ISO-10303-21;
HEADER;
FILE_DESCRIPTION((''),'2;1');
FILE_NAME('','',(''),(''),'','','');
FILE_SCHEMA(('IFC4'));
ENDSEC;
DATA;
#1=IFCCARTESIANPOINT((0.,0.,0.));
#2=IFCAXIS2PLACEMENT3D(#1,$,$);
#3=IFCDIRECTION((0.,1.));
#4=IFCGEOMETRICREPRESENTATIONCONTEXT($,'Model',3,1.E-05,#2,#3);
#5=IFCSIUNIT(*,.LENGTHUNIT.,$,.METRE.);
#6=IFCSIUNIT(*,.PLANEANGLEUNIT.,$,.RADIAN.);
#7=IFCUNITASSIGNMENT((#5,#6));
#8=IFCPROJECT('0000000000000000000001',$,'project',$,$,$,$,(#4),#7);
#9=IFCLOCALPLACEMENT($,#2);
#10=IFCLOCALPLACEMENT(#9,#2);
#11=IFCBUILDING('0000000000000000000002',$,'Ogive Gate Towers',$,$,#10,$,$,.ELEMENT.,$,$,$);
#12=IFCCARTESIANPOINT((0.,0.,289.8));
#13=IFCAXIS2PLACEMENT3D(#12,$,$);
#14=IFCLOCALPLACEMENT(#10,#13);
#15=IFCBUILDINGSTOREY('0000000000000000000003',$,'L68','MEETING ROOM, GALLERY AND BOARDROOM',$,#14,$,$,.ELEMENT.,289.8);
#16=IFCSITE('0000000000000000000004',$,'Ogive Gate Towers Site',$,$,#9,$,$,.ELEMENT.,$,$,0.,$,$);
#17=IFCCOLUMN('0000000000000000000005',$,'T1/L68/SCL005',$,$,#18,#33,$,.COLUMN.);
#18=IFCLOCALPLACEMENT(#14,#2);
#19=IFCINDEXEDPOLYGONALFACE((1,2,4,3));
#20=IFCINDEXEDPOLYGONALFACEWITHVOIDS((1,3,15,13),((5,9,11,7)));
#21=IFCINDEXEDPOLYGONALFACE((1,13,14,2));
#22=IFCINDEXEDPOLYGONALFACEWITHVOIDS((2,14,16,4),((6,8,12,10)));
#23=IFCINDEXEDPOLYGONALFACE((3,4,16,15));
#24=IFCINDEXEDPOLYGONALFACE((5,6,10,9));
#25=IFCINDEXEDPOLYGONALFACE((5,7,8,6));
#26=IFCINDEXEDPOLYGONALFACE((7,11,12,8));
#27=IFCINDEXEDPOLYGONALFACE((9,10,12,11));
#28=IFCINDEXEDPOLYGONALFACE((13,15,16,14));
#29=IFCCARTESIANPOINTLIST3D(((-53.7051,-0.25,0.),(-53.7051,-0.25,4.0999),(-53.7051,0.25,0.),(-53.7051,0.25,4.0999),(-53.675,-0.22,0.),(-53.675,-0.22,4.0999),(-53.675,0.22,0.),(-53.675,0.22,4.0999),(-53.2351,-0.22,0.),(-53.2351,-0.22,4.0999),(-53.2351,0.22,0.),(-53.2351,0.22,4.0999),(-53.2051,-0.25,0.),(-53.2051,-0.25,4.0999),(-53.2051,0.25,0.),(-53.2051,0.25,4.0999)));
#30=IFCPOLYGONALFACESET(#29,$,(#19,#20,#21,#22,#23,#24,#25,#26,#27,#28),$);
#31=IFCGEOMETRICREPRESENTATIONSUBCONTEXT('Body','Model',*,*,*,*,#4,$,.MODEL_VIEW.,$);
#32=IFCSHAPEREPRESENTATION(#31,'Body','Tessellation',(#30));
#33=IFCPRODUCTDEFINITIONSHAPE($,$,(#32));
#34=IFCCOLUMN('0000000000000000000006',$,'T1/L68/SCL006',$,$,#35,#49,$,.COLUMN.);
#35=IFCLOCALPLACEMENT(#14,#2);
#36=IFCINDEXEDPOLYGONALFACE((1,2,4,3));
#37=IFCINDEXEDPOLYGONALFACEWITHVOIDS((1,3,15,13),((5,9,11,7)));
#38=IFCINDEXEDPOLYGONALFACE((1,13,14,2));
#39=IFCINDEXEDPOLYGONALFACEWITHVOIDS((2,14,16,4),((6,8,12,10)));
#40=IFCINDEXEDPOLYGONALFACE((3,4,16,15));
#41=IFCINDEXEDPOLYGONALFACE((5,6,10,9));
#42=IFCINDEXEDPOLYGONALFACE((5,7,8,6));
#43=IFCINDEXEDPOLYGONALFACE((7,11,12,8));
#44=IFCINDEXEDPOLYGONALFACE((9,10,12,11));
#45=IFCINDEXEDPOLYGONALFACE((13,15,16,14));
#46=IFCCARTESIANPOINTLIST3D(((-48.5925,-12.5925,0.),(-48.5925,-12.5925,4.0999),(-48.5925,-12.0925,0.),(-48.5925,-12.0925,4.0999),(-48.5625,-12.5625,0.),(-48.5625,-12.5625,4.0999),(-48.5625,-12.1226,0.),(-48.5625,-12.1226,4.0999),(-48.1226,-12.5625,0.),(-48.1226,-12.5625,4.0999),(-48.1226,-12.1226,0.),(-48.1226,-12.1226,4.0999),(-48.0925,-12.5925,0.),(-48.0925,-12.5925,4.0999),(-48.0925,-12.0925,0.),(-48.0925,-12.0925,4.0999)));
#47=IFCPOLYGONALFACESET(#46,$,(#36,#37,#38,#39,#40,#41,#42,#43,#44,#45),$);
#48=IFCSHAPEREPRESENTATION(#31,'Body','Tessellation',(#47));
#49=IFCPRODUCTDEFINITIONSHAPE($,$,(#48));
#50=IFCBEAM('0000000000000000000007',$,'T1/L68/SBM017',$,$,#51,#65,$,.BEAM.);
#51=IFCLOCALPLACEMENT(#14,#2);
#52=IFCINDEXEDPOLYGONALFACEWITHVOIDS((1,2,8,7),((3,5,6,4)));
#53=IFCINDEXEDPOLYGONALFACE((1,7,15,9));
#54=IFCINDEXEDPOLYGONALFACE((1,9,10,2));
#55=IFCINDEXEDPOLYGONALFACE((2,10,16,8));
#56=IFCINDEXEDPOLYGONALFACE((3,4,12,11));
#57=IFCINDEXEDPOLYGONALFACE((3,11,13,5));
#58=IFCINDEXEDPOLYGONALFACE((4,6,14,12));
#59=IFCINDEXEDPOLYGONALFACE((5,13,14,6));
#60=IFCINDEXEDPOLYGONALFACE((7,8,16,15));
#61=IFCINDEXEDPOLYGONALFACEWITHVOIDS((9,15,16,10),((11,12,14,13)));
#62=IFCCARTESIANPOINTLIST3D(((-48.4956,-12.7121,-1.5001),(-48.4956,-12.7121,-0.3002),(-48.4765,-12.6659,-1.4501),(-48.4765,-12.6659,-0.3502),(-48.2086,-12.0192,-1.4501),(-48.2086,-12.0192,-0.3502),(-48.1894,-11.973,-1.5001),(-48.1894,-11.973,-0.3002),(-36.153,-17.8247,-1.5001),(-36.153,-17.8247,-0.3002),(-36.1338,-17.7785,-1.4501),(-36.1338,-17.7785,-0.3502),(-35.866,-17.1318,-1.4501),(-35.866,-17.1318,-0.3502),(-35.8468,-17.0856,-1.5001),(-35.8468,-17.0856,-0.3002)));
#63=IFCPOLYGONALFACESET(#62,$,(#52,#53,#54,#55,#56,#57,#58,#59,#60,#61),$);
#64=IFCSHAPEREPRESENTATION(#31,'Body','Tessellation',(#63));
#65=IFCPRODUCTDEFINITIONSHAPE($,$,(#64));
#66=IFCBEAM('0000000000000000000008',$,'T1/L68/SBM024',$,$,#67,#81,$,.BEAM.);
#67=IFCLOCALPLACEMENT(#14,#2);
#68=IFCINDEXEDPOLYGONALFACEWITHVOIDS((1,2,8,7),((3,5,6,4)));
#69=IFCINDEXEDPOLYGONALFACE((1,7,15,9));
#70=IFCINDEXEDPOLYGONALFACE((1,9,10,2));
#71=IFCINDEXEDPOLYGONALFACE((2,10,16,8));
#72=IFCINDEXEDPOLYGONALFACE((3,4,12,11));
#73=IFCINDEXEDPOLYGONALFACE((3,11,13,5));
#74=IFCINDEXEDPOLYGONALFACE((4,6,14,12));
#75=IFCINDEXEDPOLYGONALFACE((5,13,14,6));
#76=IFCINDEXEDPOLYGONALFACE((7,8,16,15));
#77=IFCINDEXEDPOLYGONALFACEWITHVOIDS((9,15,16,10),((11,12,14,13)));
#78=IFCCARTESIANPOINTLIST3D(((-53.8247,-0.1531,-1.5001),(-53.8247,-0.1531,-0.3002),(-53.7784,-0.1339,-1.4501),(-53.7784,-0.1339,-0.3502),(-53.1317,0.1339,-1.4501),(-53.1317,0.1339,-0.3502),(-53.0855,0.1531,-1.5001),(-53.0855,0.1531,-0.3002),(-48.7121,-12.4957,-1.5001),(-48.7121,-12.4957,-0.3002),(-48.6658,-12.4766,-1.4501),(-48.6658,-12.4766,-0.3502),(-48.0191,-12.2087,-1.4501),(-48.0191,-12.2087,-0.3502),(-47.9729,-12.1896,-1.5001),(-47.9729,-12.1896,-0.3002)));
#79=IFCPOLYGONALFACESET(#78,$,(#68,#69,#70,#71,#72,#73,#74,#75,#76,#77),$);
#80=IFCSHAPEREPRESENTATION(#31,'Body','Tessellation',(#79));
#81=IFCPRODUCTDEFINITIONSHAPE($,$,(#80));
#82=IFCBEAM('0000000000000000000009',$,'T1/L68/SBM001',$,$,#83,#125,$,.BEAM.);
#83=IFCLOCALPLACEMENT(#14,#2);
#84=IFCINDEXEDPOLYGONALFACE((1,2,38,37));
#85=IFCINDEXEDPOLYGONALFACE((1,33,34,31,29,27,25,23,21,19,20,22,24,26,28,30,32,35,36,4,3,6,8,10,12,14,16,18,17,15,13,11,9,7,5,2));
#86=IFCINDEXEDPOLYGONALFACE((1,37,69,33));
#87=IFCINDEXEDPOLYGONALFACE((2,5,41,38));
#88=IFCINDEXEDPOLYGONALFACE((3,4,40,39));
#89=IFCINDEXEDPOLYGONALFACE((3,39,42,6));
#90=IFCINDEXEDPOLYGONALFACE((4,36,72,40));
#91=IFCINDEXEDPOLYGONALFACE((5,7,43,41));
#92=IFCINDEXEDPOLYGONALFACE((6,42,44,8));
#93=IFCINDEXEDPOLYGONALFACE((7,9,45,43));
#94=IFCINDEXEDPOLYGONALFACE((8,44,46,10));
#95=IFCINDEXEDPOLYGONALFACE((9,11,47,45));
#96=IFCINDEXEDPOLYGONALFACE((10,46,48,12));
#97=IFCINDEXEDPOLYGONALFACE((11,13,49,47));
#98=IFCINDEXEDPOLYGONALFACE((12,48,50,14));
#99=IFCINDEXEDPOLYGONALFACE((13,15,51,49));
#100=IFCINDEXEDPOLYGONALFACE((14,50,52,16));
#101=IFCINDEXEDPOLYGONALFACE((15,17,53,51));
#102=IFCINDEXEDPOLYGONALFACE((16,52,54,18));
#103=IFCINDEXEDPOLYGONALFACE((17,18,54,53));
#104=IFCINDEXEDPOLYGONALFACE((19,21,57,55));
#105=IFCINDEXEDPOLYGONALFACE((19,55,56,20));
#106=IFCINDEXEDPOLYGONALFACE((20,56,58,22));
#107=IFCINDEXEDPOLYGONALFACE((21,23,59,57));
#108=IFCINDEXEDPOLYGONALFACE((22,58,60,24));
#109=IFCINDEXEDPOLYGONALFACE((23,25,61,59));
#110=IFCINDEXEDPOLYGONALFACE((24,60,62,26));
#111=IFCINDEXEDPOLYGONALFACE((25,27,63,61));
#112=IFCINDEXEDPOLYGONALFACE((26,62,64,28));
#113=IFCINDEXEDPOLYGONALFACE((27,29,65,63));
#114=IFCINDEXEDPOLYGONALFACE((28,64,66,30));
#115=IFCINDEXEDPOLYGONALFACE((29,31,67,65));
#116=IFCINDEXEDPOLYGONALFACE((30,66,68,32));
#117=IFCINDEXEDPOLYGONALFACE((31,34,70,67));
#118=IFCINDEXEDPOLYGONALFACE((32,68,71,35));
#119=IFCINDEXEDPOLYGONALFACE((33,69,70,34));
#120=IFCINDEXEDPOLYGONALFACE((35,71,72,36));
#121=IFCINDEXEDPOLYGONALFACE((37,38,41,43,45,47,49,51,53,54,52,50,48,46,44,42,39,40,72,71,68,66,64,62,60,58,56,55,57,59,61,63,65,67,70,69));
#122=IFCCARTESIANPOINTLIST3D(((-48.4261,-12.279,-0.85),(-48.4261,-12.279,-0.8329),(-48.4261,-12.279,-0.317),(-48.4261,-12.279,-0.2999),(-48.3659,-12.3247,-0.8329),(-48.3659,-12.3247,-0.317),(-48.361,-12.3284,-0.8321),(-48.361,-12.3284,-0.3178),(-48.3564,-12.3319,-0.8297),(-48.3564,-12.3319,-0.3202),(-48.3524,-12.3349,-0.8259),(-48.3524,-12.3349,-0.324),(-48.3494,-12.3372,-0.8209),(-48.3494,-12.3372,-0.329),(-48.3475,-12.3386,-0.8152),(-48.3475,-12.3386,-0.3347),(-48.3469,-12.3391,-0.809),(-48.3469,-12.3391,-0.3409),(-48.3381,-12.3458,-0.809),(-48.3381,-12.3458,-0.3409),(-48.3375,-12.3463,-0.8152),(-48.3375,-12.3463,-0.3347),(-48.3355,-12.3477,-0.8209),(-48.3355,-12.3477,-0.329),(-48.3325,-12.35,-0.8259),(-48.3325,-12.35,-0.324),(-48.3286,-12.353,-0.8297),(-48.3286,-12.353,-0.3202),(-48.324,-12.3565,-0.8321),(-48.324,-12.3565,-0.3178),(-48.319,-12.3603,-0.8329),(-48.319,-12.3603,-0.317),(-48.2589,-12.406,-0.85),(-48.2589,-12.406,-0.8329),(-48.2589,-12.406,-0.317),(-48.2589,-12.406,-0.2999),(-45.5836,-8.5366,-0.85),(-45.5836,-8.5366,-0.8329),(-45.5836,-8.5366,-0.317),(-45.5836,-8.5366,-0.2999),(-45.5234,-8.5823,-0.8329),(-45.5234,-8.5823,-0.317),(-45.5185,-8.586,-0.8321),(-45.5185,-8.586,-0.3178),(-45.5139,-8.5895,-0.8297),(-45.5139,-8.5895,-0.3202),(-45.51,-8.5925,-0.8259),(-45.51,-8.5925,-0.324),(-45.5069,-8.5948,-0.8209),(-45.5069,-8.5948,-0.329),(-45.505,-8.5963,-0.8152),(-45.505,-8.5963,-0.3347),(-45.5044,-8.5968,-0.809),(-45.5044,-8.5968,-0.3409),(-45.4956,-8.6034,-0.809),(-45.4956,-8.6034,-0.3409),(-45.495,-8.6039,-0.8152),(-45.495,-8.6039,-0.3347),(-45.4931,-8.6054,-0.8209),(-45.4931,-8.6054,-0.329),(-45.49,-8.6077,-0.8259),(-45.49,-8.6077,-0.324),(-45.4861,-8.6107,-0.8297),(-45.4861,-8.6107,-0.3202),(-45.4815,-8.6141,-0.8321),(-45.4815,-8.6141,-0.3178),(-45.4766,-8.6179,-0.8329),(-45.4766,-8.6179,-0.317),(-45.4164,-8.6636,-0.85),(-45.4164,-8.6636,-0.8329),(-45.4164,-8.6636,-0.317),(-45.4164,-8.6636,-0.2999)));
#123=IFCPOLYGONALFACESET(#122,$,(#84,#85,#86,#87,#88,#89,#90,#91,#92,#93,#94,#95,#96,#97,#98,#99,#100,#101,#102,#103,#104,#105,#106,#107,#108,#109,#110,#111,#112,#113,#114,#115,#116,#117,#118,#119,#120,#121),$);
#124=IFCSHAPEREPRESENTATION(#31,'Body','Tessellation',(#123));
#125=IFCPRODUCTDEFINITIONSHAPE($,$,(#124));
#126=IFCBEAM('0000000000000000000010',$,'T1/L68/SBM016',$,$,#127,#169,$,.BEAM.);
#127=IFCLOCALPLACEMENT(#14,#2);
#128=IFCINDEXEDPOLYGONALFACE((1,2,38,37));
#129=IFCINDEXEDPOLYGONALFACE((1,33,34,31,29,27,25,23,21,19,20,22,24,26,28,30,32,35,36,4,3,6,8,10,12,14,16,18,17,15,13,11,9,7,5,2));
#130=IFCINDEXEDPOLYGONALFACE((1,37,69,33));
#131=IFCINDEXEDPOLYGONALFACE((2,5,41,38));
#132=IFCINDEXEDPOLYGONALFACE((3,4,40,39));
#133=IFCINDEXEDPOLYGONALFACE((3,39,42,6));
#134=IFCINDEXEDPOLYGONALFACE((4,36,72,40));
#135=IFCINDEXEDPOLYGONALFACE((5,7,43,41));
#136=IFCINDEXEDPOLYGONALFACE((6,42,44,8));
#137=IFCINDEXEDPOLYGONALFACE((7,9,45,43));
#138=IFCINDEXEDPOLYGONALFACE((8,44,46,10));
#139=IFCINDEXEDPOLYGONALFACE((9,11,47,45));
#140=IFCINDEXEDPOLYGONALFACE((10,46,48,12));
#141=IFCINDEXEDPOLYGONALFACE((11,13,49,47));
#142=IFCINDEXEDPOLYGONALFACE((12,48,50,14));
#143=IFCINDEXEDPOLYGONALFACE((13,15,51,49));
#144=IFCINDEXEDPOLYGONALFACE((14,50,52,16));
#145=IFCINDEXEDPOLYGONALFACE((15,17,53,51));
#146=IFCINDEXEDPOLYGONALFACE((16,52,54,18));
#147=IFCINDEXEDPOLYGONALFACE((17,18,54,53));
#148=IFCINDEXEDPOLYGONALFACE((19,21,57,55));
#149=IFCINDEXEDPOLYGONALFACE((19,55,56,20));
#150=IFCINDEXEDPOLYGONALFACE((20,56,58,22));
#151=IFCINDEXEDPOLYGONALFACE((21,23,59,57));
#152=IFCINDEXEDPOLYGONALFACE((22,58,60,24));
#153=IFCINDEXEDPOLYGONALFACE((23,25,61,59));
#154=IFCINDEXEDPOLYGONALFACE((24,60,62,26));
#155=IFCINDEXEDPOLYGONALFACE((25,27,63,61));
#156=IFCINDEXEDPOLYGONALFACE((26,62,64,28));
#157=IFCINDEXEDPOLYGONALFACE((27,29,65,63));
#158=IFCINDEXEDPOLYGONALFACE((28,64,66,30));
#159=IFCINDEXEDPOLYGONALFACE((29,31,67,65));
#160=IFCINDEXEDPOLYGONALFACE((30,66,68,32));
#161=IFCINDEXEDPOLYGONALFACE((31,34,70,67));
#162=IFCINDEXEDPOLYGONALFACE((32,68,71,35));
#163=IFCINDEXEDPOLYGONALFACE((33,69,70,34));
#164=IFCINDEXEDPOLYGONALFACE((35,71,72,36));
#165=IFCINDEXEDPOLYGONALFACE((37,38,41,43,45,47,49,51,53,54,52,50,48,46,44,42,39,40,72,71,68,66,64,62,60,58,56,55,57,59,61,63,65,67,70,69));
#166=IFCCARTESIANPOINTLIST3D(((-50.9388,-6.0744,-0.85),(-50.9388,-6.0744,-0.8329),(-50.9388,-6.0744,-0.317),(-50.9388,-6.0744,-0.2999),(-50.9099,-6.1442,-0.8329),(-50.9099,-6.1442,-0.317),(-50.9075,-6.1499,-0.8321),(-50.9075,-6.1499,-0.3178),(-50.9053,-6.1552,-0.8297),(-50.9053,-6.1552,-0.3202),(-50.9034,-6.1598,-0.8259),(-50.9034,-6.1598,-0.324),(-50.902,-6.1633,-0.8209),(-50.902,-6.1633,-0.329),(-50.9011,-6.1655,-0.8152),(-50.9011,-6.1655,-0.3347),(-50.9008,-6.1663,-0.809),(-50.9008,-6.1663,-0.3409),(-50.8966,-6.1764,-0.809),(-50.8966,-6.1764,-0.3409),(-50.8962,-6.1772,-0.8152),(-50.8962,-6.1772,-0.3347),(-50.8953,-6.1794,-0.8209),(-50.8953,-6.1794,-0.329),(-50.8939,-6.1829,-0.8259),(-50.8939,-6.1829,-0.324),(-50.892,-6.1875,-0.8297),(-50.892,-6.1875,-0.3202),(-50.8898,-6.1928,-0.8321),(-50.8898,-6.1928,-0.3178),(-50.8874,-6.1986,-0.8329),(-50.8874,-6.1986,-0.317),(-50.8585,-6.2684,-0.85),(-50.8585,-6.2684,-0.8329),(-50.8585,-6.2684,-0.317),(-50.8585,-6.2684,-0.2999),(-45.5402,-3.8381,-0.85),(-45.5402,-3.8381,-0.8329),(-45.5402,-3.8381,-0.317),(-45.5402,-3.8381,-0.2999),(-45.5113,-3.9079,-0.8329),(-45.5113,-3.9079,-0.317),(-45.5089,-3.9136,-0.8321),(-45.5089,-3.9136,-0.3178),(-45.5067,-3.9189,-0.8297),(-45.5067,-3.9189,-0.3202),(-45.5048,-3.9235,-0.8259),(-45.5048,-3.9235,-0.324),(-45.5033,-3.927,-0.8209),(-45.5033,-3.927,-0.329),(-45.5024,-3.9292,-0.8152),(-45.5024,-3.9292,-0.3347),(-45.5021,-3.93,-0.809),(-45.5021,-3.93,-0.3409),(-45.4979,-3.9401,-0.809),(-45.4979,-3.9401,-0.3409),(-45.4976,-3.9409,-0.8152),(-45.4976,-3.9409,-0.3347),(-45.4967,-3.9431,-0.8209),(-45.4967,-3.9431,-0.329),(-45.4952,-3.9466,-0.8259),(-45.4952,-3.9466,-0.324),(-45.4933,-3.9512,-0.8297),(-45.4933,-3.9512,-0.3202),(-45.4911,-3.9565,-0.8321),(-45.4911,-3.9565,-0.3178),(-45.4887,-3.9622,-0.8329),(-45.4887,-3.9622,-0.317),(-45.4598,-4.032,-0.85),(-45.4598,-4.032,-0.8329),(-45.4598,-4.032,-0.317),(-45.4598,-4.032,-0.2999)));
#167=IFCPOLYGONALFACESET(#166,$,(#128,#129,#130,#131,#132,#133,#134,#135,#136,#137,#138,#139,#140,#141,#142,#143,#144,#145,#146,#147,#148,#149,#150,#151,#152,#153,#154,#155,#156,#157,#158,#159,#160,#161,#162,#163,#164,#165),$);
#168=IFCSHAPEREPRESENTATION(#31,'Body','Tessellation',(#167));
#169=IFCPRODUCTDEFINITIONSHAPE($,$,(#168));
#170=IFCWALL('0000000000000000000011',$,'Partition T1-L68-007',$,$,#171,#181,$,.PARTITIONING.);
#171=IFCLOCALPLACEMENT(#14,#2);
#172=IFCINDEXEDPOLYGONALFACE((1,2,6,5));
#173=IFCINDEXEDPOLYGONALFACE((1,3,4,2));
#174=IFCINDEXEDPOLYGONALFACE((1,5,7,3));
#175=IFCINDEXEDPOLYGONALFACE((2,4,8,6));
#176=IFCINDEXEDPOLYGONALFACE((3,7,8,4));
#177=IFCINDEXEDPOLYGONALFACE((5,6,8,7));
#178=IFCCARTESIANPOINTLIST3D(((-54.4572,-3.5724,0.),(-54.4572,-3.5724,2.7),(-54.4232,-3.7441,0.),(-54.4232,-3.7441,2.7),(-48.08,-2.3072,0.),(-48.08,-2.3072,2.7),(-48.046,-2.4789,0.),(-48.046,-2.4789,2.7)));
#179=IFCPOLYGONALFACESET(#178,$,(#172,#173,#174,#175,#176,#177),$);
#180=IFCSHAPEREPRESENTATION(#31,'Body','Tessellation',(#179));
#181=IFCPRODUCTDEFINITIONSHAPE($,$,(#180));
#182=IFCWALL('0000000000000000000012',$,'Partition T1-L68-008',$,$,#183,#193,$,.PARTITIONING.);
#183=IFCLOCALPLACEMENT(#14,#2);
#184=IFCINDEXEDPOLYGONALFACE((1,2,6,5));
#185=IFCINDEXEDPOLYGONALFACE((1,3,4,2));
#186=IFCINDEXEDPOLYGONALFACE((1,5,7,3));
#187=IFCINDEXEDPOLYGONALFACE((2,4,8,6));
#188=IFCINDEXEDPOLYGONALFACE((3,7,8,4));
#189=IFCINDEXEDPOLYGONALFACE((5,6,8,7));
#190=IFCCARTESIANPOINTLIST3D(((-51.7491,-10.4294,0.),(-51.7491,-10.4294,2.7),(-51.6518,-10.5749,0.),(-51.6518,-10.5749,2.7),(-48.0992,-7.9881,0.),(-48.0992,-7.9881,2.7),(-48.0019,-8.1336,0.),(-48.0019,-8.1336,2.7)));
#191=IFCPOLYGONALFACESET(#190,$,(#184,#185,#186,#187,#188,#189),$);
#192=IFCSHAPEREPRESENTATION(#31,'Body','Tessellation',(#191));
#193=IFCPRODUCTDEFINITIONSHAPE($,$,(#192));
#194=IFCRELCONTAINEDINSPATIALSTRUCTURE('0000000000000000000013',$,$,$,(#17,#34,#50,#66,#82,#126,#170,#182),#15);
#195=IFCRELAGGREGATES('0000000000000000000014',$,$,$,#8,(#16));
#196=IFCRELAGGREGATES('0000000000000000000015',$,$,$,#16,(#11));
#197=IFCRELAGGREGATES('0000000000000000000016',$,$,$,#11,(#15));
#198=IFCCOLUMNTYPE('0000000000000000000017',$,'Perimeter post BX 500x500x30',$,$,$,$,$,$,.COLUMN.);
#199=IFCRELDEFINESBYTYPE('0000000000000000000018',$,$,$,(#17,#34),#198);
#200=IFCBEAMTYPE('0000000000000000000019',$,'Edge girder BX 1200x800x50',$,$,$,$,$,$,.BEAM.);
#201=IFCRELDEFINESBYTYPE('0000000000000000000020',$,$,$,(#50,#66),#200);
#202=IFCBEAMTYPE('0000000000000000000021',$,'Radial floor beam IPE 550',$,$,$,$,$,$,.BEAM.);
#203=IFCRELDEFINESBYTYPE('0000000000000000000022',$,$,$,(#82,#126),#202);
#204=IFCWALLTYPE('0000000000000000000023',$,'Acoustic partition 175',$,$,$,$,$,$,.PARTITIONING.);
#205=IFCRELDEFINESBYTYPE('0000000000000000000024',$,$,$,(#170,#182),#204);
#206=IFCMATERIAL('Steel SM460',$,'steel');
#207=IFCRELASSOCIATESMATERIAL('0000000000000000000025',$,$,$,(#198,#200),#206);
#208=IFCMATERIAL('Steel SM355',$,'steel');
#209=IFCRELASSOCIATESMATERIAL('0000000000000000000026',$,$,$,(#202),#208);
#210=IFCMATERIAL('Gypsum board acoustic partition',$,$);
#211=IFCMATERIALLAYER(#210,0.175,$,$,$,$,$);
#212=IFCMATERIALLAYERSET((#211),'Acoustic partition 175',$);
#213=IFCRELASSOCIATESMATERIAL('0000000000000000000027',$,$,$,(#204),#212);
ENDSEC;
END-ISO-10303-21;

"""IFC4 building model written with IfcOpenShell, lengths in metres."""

from ifc_helpers import new_model, si_unit, direction, frame, frame_2d, origin, origin_2d, place, context, subcontext, project, spatial, rectangle, hollow_rectangle, i_section, extrude, material, layer, layer_set, material_profile, profile_set, type_object, element, save


model = new_model("IFC4")

# Units and contexts
model_context = context("Model", 3, precision=1e-05, world=origin(), true_north=direction((0.0, 1.0)))
body_context = subcontext(model_context, "Body", "Model", "MODEL_VIEW")
ifc_project = project(units=[si_unit("LENGTHUNIT", "METRE"), si_unit("PLANEANGLEUNIT", "RADIAN")], contexts=[model_context])

# Site, building, storey
site_placement = place(None, origin())
site = spatial("IfcSite", under=ifc_project, at=site_placement, Name="Ogive Gate Towers Site", CompositionType="ELEMENT", RefElevation=0.0)
building_placement = place(site_placement, origin())
building = spatial("IfcBuilding", under=site, at=building_placement, Name="Ogive Gate Towers", CompositionType="ELEMENT")
storey_placement = place(building_placement, frame((0.0, 0.0, 289.8)))
storey = spatial("IfcBuildingStorey", under=building, at=storey_placement, Name="L68", Description="MEETING ROOM, GALLERY AND BOARDROOM", CompositionType="ELEMENT", Elevation=289.8)

# Columns
ifc_material_1 = material(Name="Steel SM460", Category="steel")
ifc_material_profile_1 = material_profile(ifc_material_1, hollow_rectangle(XDim=0.5, YDim=0.5, WallThickness=0.03, at=origin_2d()), Name="BX 500x500x30")
ifc_profile_set_1 = profile_set([ifc_material_profile_1], Name="Steel SM460")
column_type = type_object("IfcColumnType", Name="Perimeter post BX 500x500x30", PredefinedType="COLUMN", material=ifc_profile_set_1)
for number, where, z_axis, x_axis, name in (
    (1, (-53.4551, 0.0, 0.0), (0.0, 0.0, 1.0), (1.0, 0.0, 0.0), "T1/L68/SCL005"),
    (2, (-48.3425, -12.3425, 0.0), (0.0, 0.0, 1.0), (1.0, 0.0, 0.0), "T1/L68/SCL006"),
):
    element("IfcColumn", number, at=place(storey_placement, frame(where, z_axis=z_axis, x_axis=x_axis)), inside=storey, type_object=column_type, Name=name, PredefinedType="COLUMN", context=body_context, shape_type="SweptSolid", body=[
        extrude(hollow_rectangle(XDim=0.5, YDim=0.5, WallThickness=0.03, at=origin_2d()), origin(), (0.0, 0.0, 1.0), 4.0999),
    ])

# Beams
ifc_material_profile_2 = material_profile(ifc_material_1, hollow_rectangle(XDim=0.8, YDim=1.2, WallThickness=0.05, at=origin_2d()), Name="BX 1200x800x50")
ifc_profile_set_2 = profile_set([ifc_material_profile_2], Name="Steel SM460")
beam_type_1 = type_object("IfcBeamType", Name="Edge girder BX 1200x800x50", PredefinedType="BEAM", material=ifc_profile_set_2)
for number, where, z_axis, x_axis, name in (
    (3, (-48.3425, -12.3425, -0.9001), (0.923877, -0.38269, 0.0), (0.38269, 0.923877, 0.0), "T1/L68/SBM017"),
    (4, (-53.4551, 0.0, -0.9001), (0.38269, -0.923877, 0.0), (0.923877, 0.38269, 0.0), "T1/L68/SBM024"),
):
    element("IfcBeam", number, at=place(storey_placement, frame(where, z_axis=z_axis, x_axis=x_axis)), inside=storey, type_object=beam_type_1, Name=name, PredefinedType="BEAM", context=body_context, shape_type="SweptSolid", body=[
        extrude(hollow_rectangle(XDim=0.8, YDim=1.2, WallThickness=0.05, at=origin_2d()), origin(), (0.0, 0.0, 1.0), 13.3596),
    ])
ifc_material_2 = material(Name="Steel SM355", Category="steel")
ifc_material_profile_3 = material_profile(ifc_material_2, i_section(OverallWidth=0.21, OverallDepth=0.55, WebThickness=0.011, FlangeThickness=0.0171, FilletRadius=0.0239, at=origin_2d()), Name="IPE 550")
ifc_profile_set_3 = profile_set([ifc_material_profile_3], Name="Steel SM355")
beam_type_2 = type_object("IfcBeamType", Name="Radial floor beam IPE 550", PredefinedType="BEAM", material=ifc_profile_set_3)
beam_1_placement = place(storey_placement, frame((-45.5, -8.6001, -0.575), z_axis=(-0.604851, -0.796338, 0.0), x_axis=(0.796338, -0.604851, 0.0)))
element("IfcBeam", 5, at=beam_1_placement, inside=storey, type_object=beam_type_2, Name="T1/L68/SBM001", PredefinedType="BEAM", context=body_context, shape_type="SweptSolid", body=[
    extrude(i_section(OverallWidth=0.21, OverallDepth=0.55, WebThickness=0.011, FlangeThickness=0.0171, FilletRadius=0.0239, at=origin_2d()), origin(), (0.0, 0.0, 1.0), 4.6995),
])
beam_2_placement = place(storey_placement, frame((-45.5, -3.9351, -0.575), z_axis=(-0.923872, -0.382701, 0.0), x_axis=(0.382701, -0.923872, 0.0)))
element("IfcBeam", 6, at=beam_2_placement, inside=storey, type_object=beam_type_2, Name="T1/L68/SBM016", PredefinedType="BEAM", context=body_context, shape_type="SweptSolid", body=[
    extrude(i_section(OverallWidth=0.21, OverallDepth=0.55, WebThickness=0.011, FlangeThickness=0.0171, FilletRadius=0.0239, at=origin_2d()), origin(), (0.0, 0.0, 1.0), 5.8435),
])

# Walls
ifc_material_3 = material(Name="Gypsum board acoustic partition")
ifc_layer_1 = layer(ifc_material_3, 0.175)
ifc_layer_set_1 = layer_set([ifc_layer_1], Name="Acoustic partition 175")
wall_type_1 = type_object("IfcWallType", Name="Acoustic partition 175", PredefinedType="PARTITIONING", material=ifc_layer_set_1)
wall_1_placement = place(storey_placement, frame((-54.4402, -3.6582, 0.0), z_axis=(0.0, 0.0, 1.0), x_axis=(0.980884, 0.194592, 0.0)))
element("IfcWall", 7, at=wall_1_placement, inside=storey, type_object=wall_type_1, Name="Partition T1-L68-007", PredefinedType="PARTITIONING", context=body_context, shape_type="SweptSolid", body=[
    extrude(rectangle(XDim=6.5015, YDim=0.175, at=frame_2d((3.2507, 0.0))), origin(), (0.0, 0.0, 1.0), 2.7),
])
for number, where, z_axis, x_axis, name in (
    (8, (-51.7004, -10.5022, 0.0), (0.0, 0.0, 1.0), (0.831194, 0.555983, 0.0), "Partition T1-L68-008"),
):
    element("IfcWall", number, at=place(storey_placement, frame(where, z_axis=z_axis, x_axis=x_axis)), inside=storey, type_object=wall_type_1, Name=name, PredefinedType="PARTITIONING", context=body_context, shape_type="SweptSolid", body=[
        extrude(rectangle(XDim=4.3911, YDim=0.175, at=frame_2d((2.1956, 0.0))), origin(), (0.0, 0.0, 1.0), 2.7),
    ])

save(model, "model.ifc")
